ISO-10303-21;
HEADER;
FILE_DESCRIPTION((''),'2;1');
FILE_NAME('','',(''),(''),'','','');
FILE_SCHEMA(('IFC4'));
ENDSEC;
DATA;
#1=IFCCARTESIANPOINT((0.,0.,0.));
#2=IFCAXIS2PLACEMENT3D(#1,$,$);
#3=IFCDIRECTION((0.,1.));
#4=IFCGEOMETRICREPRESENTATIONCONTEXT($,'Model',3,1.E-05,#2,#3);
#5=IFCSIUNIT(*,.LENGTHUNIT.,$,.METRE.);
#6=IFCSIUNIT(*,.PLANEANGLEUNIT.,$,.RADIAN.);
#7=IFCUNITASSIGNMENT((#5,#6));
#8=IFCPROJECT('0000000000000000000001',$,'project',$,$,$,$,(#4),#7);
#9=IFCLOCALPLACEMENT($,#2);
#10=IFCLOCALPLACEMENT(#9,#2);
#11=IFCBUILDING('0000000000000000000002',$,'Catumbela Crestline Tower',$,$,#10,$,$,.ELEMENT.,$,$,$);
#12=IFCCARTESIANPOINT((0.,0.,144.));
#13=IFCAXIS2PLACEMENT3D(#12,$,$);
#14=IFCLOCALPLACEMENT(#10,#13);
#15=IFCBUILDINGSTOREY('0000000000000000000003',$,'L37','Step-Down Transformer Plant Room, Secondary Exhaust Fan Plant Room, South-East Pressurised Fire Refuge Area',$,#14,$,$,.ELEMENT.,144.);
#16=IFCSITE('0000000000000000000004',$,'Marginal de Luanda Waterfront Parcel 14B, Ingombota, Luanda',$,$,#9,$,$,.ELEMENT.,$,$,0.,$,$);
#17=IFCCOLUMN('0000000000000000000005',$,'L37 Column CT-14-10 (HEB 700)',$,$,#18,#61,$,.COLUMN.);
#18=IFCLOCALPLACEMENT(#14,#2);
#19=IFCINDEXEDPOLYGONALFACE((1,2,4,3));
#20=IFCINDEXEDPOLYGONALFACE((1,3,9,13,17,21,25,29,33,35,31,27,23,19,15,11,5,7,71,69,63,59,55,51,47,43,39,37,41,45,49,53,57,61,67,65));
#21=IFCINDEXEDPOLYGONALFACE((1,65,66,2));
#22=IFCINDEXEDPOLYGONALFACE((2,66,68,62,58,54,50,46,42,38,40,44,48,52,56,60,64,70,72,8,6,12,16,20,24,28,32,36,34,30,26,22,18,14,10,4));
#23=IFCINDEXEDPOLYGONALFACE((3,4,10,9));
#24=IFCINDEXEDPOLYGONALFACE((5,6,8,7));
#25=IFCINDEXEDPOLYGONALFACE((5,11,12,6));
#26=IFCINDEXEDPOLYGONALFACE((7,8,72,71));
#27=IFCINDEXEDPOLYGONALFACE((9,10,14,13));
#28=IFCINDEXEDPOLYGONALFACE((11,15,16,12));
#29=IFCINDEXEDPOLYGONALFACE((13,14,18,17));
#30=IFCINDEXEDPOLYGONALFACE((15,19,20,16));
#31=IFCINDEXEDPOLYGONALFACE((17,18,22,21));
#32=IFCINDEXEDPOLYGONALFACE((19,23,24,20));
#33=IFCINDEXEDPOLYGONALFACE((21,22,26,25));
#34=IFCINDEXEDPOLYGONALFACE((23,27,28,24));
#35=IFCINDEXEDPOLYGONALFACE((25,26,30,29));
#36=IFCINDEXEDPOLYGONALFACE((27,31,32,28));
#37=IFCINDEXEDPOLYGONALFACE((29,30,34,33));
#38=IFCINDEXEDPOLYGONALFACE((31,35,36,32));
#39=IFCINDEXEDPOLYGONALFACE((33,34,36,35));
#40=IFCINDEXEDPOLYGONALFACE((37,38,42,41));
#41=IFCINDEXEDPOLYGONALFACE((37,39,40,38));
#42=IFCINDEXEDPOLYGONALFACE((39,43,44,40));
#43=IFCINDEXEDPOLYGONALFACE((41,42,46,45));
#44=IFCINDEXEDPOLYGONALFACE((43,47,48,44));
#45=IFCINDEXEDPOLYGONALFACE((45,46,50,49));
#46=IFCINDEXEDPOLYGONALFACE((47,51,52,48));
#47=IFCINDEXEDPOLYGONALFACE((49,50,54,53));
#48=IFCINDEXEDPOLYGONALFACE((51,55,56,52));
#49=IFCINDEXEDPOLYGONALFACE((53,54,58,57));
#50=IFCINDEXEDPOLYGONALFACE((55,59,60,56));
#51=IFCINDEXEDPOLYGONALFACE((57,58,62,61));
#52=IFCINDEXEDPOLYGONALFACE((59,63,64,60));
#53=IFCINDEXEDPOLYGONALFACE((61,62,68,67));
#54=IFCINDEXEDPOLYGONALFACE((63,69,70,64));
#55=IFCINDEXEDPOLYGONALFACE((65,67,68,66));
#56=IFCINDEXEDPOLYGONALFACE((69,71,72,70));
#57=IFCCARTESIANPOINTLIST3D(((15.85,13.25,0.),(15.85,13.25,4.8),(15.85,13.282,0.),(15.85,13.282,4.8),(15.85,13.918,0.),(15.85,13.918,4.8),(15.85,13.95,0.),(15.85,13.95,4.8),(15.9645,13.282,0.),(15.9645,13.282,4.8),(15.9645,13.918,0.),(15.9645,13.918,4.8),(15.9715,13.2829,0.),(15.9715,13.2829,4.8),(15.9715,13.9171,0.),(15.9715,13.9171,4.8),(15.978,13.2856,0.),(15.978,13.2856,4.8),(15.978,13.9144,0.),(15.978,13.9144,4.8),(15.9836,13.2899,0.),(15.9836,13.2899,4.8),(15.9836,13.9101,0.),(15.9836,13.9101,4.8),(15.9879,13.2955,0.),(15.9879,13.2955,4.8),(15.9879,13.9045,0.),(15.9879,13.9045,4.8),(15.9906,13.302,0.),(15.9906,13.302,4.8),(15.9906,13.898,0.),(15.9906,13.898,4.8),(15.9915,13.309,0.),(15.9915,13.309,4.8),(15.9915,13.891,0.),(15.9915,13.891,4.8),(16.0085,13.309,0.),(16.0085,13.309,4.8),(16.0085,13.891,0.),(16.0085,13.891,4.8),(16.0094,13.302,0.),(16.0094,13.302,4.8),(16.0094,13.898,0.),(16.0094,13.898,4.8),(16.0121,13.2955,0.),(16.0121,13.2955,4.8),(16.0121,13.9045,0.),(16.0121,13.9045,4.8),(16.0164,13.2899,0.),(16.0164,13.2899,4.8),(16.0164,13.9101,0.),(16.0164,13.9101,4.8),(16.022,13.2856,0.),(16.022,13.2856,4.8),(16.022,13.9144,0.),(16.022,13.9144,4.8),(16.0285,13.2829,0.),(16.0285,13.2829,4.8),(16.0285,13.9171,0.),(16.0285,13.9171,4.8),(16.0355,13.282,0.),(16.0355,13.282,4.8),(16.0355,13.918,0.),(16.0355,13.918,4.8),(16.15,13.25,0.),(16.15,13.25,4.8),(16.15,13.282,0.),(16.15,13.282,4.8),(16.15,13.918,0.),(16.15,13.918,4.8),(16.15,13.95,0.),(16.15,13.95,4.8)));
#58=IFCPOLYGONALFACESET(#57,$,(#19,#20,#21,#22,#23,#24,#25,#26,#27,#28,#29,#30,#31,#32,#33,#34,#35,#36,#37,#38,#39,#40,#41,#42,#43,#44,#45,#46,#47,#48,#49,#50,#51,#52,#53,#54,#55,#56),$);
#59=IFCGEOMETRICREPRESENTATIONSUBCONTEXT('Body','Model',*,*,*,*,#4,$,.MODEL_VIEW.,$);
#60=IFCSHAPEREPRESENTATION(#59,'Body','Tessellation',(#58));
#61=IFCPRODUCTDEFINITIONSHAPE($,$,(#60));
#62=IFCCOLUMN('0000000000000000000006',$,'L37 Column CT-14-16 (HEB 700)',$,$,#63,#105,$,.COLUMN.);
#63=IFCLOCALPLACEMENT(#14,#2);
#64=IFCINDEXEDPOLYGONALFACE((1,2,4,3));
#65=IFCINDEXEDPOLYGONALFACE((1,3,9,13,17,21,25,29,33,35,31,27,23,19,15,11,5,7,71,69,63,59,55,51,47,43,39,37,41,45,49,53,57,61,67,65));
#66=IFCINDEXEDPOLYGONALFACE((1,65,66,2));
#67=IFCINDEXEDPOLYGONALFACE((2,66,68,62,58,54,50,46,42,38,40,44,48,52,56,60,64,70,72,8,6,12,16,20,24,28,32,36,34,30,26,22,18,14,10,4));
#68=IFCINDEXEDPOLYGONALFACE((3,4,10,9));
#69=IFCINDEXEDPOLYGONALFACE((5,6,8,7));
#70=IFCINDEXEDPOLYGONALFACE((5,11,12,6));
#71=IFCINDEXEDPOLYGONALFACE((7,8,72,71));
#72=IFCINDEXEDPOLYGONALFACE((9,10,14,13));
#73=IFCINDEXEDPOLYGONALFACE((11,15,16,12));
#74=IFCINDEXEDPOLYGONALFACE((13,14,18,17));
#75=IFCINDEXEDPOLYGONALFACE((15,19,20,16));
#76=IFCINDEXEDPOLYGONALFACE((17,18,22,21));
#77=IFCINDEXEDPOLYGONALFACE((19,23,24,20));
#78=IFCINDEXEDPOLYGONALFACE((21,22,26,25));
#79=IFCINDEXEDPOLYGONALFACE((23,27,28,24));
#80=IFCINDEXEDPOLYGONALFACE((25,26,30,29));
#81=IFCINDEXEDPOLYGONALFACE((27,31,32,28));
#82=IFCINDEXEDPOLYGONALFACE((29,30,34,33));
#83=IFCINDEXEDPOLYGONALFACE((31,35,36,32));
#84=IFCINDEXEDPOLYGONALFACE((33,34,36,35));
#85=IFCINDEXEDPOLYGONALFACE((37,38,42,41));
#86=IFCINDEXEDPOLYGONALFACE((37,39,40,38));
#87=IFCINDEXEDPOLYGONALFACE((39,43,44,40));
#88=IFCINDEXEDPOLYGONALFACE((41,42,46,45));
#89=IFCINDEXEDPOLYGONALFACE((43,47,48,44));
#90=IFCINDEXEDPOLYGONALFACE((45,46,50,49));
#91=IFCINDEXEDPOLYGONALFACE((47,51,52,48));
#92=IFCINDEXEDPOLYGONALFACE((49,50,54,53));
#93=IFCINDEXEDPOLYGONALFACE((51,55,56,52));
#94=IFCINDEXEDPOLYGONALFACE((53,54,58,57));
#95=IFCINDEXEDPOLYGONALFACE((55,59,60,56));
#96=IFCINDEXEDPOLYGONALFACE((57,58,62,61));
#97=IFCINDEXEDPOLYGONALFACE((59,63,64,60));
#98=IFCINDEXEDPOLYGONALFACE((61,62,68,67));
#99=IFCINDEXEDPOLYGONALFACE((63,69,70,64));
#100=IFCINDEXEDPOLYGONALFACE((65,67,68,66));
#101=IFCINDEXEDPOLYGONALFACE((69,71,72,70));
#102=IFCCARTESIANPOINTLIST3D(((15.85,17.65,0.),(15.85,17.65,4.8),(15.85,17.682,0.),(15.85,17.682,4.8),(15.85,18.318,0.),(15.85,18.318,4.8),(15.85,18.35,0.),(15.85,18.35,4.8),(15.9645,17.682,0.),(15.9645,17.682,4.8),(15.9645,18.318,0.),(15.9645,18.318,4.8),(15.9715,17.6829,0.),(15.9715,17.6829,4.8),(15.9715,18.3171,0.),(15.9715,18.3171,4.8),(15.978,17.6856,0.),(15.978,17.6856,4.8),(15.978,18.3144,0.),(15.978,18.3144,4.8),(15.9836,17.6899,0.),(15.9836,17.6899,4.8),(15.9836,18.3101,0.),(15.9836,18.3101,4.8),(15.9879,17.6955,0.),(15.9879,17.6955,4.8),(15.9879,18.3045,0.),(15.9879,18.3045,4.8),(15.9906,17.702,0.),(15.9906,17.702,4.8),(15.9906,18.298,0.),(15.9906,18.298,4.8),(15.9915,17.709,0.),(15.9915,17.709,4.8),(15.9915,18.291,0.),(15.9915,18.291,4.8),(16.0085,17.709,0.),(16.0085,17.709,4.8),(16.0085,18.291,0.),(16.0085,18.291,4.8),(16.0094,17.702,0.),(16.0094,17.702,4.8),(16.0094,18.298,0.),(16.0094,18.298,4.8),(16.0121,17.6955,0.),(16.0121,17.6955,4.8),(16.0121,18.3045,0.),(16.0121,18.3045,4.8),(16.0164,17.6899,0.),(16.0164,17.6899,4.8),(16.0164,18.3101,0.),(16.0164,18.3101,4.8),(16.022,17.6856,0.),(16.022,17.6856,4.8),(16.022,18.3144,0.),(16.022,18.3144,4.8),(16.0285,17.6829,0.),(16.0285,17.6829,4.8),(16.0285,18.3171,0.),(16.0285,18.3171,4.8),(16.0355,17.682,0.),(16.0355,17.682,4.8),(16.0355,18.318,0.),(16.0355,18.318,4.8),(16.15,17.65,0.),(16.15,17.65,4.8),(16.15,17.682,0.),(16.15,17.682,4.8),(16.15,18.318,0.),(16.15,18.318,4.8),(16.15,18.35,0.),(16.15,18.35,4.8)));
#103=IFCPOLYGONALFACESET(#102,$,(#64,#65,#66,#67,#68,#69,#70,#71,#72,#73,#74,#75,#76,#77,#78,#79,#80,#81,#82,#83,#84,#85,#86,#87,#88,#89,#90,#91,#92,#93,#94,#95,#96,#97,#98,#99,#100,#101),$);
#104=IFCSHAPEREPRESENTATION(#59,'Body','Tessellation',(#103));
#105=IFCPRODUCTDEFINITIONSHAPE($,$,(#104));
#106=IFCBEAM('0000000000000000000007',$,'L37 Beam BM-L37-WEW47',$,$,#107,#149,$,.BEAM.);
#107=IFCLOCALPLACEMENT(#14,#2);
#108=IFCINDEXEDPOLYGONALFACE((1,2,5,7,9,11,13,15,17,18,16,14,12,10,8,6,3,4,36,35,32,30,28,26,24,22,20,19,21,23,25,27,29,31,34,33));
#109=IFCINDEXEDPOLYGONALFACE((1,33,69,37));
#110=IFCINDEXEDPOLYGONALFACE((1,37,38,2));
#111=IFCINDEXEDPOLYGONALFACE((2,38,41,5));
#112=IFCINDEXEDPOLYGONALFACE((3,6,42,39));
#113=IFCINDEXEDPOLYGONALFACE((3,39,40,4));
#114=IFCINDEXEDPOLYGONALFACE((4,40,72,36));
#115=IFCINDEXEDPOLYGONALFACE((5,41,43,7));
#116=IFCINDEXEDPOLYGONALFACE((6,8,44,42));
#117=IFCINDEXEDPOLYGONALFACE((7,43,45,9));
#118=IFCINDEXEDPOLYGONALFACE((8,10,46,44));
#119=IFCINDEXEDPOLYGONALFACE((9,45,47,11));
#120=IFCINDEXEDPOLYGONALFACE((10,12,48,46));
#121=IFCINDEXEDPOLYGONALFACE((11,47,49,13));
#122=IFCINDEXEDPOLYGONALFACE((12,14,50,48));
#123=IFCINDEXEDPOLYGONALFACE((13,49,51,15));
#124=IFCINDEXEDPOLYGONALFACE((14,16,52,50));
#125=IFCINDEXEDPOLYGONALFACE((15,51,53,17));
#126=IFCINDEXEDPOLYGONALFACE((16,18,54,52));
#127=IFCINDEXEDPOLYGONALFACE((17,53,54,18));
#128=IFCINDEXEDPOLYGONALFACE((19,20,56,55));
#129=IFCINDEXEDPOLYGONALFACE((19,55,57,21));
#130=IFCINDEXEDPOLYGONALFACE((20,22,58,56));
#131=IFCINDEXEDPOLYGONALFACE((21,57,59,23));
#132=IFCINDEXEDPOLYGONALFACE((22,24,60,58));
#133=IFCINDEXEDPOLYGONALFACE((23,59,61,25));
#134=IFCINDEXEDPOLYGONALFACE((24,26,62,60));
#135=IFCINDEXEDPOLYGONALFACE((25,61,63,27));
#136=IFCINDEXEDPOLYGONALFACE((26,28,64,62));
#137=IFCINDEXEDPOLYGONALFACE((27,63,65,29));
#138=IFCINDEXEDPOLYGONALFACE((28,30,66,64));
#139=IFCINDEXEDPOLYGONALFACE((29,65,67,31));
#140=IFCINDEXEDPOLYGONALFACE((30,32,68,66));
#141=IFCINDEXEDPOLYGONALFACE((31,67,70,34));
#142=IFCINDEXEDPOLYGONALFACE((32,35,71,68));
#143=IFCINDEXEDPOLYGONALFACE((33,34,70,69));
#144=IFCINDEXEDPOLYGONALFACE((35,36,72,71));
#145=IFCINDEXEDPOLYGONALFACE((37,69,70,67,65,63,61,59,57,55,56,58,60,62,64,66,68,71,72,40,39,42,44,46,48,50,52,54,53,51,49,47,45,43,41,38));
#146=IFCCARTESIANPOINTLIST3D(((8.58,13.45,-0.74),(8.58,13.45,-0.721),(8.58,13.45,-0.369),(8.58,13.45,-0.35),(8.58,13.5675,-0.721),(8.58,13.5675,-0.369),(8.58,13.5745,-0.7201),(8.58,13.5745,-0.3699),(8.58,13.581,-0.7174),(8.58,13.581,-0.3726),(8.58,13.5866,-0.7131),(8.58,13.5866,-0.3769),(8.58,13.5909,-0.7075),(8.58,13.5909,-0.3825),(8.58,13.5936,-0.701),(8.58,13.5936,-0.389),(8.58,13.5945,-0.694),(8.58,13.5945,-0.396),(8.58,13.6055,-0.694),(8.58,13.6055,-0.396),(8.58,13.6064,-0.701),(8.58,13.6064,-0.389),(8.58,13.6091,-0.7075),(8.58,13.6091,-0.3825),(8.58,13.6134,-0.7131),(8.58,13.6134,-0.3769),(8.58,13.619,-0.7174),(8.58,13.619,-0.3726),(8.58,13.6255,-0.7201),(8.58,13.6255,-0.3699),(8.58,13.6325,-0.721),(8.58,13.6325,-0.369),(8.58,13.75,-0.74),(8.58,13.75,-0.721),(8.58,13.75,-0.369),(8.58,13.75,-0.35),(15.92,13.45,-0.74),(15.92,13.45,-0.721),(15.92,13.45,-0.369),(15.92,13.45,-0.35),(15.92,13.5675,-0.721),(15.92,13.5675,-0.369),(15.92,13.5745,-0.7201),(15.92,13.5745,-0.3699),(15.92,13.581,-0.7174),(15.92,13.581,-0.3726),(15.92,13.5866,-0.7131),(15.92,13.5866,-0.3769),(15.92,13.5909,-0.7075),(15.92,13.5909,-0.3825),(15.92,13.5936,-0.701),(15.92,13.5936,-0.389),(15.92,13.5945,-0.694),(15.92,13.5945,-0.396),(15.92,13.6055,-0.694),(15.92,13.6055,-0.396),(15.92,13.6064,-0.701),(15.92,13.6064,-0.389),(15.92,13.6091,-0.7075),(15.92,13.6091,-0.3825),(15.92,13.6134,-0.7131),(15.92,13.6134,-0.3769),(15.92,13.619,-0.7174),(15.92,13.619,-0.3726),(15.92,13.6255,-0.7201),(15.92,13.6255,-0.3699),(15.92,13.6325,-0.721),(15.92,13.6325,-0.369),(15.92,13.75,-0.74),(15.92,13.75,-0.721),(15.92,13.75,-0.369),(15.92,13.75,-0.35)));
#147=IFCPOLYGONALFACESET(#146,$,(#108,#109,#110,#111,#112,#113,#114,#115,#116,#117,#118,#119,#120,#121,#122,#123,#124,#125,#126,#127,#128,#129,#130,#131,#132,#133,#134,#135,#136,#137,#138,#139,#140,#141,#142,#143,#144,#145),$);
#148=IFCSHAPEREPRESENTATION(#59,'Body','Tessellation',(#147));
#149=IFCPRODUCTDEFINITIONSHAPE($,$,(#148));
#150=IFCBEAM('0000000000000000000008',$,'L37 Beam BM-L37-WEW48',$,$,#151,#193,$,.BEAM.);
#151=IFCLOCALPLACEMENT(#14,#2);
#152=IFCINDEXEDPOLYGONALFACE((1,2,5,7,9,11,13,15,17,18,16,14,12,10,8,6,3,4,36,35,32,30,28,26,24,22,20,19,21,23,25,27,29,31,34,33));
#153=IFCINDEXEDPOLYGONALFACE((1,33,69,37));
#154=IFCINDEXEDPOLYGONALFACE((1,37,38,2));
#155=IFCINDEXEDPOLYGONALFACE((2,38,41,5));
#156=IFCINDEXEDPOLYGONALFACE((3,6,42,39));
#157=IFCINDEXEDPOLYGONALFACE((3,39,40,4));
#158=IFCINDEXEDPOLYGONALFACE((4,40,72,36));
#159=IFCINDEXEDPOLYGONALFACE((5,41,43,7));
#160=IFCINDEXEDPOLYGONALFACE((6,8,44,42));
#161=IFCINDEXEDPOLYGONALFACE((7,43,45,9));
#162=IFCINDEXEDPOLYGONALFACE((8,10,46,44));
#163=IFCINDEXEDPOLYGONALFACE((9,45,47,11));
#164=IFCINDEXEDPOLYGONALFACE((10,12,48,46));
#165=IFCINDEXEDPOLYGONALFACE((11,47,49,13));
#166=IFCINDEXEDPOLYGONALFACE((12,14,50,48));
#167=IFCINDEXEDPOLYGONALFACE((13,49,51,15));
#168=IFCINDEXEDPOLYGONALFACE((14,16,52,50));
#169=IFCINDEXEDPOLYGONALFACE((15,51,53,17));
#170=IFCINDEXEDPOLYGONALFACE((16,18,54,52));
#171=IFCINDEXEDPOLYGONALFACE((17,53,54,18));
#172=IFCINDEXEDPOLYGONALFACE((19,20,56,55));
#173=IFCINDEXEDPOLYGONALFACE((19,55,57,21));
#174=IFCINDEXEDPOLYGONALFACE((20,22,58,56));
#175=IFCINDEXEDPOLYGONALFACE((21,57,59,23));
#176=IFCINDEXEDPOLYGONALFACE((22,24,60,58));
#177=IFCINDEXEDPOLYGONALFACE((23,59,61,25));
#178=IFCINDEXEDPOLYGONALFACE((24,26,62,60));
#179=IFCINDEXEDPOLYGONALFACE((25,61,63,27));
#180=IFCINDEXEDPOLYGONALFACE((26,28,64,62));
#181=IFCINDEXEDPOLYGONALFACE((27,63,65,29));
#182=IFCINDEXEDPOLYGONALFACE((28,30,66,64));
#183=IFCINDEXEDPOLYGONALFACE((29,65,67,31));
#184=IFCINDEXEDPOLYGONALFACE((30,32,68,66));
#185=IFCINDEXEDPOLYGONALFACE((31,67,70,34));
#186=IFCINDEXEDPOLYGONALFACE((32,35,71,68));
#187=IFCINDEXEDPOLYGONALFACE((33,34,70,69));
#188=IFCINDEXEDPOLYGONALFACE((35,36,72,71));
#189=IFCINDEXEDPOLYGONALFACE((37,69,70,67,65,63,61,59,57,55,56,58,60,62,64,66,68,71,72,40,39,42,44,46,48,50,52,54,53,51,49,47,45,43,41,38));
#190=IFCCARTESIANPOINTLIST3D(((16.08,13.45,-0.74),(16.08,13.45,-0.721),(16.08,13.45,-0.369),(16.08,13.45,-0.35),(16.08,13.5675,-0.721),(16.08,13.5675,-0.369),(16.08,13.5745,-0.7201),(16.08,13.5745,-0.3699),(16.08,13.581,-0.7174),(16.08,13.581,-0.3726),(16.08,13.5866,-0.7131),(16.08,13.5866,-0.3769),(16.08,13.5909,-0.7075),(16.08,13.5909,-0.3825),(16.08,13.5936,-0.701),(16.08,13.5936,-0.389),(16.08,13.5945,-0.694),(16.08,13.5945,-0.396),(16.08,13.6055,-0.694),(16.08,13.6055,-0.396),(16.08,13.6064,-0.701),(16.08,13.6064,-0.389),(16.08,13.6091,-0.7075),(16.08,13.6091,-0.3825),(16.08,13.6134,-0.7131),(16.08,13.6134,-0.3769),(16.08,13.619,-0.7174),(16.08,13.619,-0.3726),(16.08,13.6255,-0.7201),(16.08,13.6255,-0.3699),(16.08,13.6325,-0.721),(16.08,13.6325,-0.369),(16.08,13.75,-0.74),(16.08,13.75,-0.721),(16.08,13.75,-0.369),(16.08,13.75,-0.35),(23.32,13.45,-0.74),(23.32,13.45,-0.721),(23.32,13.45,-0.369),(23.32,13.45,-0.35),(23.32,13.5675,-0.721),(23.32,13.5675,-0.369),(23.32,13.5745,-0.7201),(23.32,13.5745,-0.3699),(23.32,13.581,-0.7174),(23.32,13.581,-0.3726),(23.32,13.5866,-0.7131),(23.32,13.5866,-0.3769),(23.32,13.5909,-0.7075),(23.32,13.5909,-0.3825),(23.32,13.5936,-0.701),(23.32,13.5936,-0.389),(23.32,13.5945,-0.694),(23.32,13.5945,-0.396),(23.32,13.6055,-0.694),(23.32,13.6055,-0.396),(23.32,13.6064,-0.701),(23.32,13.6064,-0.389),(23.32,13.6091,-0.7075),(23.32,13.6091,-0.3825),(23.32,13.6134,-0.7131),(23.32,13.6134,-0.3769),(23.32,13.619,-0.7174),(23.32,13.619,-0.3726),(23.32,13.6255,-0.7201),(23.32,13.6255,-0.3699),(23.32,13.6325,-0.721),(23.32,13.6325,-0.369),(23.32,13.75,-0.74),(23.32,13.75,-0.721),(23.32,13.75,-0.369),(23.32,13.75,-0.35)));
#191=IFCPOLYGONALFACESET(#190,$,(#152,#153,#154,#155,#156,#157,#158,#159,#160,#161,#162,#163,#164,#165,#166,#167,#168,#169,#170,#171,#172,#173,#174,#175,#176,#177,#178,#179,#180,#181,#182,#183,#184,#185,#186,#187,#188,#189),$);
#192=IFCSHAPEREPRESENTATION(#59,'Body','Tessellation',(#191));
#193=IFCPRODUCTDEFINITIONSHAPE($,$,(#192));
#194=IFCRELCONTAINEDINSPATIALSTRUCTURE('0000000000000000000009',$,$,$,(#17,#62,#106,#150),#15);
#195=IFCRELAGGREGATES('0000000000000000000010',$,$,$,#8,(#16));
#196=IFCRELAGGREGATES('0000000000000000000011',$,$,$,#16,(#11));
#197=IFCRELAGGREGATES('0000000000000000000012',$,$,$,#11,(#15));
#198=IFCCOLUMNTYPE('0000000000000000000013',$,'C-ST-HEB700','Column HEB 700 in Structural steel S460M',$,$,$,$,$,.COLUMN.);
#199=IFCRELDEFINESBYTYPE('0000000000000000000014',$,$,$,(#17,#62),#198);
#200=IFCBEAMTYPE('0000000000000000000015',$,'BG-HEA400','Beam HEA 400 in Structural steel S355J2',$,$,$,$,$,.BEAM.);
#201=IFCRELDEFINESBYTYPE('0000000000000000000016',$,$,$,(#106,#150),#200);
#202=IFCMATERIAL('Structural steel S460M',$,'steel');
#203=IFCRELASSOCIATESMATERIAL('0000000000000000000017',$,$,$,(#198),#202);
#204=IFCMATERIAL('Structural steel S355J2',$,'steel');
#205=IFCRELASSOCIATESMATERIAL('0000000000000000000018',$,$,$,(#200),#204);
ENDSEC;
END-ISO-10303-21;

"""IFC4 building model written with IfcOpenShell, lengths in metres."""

from ifc_helpers import new_model, si_unit, direction, frame, origin, origin_2d, place, context, subcontext, project, spatial, i_section, extrude, material, material_profile, profile_set, type_object, element, save


model = new_model("IFC4")

# Units and contexts
model_context = context("Model", 3, precision=1e-05, world=origin(), true_north=direction((0.0, 1.0)))
body_context = subcontext(model_context, "Body", "Model", "MODEL_VIEW")
ifc_project = project(units=[si_unit("LENGTHUNIT", "METRE"), si_unit("PLANEANGLEUNIT", "RADIAN")], contexts=[model_context])

# Site, building, storey
site_placement = place(None, origin())
site = spatial("IfcSite", under=ifc_project, at=site_placement, Name="Marginal de Luanda Waterfront Parcel 14B, Ingombota, Luanda", CompositionType="ELEMENT", RefElevation=0.0)
building_placement = place(site_placement, origin())
building = spatial("IfcBuilding", under=site, at=building_placement, Name="Catumbela Crestline Tower", CompositionType="ELEMENT")
storey_placement = place(building_placement, frame((0.0, 0.0, 144.0)))
storey = spatial("IfcBuildingStorey", under=building, at=storey_placement, Name="L37", Description="Step-Down Transformer Plant Room, Secondary Exhaust Fan Plant Room, South-East Pressurised Fire Refuge Area", CompositionType="ELEMENT", Elevation=144.0)

# Columns
ifc_material_1 = material(Name="Structural steel S460M", Category="steel")
ifc_material_profile_1 = material_profile(ifc_material_1, i_section(OverallWidth=0.3, OverallDepth=0.7, WebThickness=0.017, FlangeThickness=0.032, FilletRadius=0.027, at=origin_2d()), Name="HEB 700")
ifc_profile_set_1 = profile_set([ifc_material_profile_1], Name="Structural steel S460M")
column_type = type_object("IfcColumnType", Name="C-ST-HEB700", Description="Column HEB 700 in Structural steel S460M", PredefinedType="COLUMN", material=ifc_profile_set_1)
for number, where, z_axis, x_axis, name in (
    (1, (16.0, 13.6, 0.0), (0.0, 0.0, 1.0), (1.0, 0.0, 0.0), "L37 Column CT-14-10 (HEB 700)"),
    (2, (16.0, 18.0, 0.0), (0.0, 0.0, 1.0), (1.0, 0.0, 0.0), "L37 Column CT-14-16 (HEB 700)"),
):
    element("IfcColumn", number, at=place(storey_placement, frame(where, z_axis=z_axis, x_axis=x_axis)), inside=storey, type_object=column_type, Name=name, PredefinedType="COLUMN", context=body_context, shape_type="SweptSolid", body=[
        extrude(i_section(OverallWidth=0.3, OverallDepth=0.7, WebThickness=0.017, FlangeThickness=0.032, FilletRadius=0.027, at=origin_2d()), origin(), (0.0, 0.0, 1.0), 4.8),
    ])

# Beams
ifc_material_2 = material(Name="Structural steel S355J2", Category="steel")
ifc_material_profile_2 = material_profile(ifc_material_2, i_section(OverallWidth=0.3, OverallDepth=0.39, WebThickness=0.011, FlangeThickness=0.019, FilletRadius=0.027, at=origin_2d()), Name="HEA 400")
ifc_profile_set_2 = profile_set([ifc_material_profile_2], Name="Structural steel S355J2")
beam_type_1 = type_object("IfcBeamType", Name="BG-HEA400", Description="Beam HEA 400 in Structural steel S355J2", PredefinedType="BEAM", material=ifc_profile_set_2)
beam_1_placement = place(storey_placement, frame((8.58, 13.6, -0.545), z_axis=(1.0, 0.0, 0.0), x_axis=(0.0, 1.0, 0.0)))
element("IfcBeam", 3, at=beam_1_placement, inside=storey, type_object=beam_type_1, Name="L37 Beam BM-L37-WEW47", PredefinedType="BEAM", context=body_context, shape_type="SweptSolid", body=[
    extrude(i_section(OverallWidth=0.3, OverallDepth=0.39, WebThickness=0.011, FlangeThickness=0.019, FilletRadius=0.027, at=origin_2d()), origin(), (0.0, 0.0, 1.0), 7.34),
])
beam_2_placement = place(storey_placement, frame((16.08, 13.6, -0.545), z_axis=(1.0, 0.0, 0.0), x_axis=(0.0, 1.0, 0.0)))
element("IfcBeam", 4, at=beam_2_placement, inside=storey, type_object=beam_type_1, Name="L37 Beam BM-L37-WEW48", PredefinedType="BEAM", context=body_context, shape_type="SweptSolid", body=[
    extrude(i_section(OverallWidth=0.3, OverallDepth=0.39, WebThickness=0.011, FlangeThickness=0.019, FilletRadius=0.027, at=origin_2d()), origin(), (0.0, 0.0, 1.0), 7.24),
])

save(model, "model.ifc")
